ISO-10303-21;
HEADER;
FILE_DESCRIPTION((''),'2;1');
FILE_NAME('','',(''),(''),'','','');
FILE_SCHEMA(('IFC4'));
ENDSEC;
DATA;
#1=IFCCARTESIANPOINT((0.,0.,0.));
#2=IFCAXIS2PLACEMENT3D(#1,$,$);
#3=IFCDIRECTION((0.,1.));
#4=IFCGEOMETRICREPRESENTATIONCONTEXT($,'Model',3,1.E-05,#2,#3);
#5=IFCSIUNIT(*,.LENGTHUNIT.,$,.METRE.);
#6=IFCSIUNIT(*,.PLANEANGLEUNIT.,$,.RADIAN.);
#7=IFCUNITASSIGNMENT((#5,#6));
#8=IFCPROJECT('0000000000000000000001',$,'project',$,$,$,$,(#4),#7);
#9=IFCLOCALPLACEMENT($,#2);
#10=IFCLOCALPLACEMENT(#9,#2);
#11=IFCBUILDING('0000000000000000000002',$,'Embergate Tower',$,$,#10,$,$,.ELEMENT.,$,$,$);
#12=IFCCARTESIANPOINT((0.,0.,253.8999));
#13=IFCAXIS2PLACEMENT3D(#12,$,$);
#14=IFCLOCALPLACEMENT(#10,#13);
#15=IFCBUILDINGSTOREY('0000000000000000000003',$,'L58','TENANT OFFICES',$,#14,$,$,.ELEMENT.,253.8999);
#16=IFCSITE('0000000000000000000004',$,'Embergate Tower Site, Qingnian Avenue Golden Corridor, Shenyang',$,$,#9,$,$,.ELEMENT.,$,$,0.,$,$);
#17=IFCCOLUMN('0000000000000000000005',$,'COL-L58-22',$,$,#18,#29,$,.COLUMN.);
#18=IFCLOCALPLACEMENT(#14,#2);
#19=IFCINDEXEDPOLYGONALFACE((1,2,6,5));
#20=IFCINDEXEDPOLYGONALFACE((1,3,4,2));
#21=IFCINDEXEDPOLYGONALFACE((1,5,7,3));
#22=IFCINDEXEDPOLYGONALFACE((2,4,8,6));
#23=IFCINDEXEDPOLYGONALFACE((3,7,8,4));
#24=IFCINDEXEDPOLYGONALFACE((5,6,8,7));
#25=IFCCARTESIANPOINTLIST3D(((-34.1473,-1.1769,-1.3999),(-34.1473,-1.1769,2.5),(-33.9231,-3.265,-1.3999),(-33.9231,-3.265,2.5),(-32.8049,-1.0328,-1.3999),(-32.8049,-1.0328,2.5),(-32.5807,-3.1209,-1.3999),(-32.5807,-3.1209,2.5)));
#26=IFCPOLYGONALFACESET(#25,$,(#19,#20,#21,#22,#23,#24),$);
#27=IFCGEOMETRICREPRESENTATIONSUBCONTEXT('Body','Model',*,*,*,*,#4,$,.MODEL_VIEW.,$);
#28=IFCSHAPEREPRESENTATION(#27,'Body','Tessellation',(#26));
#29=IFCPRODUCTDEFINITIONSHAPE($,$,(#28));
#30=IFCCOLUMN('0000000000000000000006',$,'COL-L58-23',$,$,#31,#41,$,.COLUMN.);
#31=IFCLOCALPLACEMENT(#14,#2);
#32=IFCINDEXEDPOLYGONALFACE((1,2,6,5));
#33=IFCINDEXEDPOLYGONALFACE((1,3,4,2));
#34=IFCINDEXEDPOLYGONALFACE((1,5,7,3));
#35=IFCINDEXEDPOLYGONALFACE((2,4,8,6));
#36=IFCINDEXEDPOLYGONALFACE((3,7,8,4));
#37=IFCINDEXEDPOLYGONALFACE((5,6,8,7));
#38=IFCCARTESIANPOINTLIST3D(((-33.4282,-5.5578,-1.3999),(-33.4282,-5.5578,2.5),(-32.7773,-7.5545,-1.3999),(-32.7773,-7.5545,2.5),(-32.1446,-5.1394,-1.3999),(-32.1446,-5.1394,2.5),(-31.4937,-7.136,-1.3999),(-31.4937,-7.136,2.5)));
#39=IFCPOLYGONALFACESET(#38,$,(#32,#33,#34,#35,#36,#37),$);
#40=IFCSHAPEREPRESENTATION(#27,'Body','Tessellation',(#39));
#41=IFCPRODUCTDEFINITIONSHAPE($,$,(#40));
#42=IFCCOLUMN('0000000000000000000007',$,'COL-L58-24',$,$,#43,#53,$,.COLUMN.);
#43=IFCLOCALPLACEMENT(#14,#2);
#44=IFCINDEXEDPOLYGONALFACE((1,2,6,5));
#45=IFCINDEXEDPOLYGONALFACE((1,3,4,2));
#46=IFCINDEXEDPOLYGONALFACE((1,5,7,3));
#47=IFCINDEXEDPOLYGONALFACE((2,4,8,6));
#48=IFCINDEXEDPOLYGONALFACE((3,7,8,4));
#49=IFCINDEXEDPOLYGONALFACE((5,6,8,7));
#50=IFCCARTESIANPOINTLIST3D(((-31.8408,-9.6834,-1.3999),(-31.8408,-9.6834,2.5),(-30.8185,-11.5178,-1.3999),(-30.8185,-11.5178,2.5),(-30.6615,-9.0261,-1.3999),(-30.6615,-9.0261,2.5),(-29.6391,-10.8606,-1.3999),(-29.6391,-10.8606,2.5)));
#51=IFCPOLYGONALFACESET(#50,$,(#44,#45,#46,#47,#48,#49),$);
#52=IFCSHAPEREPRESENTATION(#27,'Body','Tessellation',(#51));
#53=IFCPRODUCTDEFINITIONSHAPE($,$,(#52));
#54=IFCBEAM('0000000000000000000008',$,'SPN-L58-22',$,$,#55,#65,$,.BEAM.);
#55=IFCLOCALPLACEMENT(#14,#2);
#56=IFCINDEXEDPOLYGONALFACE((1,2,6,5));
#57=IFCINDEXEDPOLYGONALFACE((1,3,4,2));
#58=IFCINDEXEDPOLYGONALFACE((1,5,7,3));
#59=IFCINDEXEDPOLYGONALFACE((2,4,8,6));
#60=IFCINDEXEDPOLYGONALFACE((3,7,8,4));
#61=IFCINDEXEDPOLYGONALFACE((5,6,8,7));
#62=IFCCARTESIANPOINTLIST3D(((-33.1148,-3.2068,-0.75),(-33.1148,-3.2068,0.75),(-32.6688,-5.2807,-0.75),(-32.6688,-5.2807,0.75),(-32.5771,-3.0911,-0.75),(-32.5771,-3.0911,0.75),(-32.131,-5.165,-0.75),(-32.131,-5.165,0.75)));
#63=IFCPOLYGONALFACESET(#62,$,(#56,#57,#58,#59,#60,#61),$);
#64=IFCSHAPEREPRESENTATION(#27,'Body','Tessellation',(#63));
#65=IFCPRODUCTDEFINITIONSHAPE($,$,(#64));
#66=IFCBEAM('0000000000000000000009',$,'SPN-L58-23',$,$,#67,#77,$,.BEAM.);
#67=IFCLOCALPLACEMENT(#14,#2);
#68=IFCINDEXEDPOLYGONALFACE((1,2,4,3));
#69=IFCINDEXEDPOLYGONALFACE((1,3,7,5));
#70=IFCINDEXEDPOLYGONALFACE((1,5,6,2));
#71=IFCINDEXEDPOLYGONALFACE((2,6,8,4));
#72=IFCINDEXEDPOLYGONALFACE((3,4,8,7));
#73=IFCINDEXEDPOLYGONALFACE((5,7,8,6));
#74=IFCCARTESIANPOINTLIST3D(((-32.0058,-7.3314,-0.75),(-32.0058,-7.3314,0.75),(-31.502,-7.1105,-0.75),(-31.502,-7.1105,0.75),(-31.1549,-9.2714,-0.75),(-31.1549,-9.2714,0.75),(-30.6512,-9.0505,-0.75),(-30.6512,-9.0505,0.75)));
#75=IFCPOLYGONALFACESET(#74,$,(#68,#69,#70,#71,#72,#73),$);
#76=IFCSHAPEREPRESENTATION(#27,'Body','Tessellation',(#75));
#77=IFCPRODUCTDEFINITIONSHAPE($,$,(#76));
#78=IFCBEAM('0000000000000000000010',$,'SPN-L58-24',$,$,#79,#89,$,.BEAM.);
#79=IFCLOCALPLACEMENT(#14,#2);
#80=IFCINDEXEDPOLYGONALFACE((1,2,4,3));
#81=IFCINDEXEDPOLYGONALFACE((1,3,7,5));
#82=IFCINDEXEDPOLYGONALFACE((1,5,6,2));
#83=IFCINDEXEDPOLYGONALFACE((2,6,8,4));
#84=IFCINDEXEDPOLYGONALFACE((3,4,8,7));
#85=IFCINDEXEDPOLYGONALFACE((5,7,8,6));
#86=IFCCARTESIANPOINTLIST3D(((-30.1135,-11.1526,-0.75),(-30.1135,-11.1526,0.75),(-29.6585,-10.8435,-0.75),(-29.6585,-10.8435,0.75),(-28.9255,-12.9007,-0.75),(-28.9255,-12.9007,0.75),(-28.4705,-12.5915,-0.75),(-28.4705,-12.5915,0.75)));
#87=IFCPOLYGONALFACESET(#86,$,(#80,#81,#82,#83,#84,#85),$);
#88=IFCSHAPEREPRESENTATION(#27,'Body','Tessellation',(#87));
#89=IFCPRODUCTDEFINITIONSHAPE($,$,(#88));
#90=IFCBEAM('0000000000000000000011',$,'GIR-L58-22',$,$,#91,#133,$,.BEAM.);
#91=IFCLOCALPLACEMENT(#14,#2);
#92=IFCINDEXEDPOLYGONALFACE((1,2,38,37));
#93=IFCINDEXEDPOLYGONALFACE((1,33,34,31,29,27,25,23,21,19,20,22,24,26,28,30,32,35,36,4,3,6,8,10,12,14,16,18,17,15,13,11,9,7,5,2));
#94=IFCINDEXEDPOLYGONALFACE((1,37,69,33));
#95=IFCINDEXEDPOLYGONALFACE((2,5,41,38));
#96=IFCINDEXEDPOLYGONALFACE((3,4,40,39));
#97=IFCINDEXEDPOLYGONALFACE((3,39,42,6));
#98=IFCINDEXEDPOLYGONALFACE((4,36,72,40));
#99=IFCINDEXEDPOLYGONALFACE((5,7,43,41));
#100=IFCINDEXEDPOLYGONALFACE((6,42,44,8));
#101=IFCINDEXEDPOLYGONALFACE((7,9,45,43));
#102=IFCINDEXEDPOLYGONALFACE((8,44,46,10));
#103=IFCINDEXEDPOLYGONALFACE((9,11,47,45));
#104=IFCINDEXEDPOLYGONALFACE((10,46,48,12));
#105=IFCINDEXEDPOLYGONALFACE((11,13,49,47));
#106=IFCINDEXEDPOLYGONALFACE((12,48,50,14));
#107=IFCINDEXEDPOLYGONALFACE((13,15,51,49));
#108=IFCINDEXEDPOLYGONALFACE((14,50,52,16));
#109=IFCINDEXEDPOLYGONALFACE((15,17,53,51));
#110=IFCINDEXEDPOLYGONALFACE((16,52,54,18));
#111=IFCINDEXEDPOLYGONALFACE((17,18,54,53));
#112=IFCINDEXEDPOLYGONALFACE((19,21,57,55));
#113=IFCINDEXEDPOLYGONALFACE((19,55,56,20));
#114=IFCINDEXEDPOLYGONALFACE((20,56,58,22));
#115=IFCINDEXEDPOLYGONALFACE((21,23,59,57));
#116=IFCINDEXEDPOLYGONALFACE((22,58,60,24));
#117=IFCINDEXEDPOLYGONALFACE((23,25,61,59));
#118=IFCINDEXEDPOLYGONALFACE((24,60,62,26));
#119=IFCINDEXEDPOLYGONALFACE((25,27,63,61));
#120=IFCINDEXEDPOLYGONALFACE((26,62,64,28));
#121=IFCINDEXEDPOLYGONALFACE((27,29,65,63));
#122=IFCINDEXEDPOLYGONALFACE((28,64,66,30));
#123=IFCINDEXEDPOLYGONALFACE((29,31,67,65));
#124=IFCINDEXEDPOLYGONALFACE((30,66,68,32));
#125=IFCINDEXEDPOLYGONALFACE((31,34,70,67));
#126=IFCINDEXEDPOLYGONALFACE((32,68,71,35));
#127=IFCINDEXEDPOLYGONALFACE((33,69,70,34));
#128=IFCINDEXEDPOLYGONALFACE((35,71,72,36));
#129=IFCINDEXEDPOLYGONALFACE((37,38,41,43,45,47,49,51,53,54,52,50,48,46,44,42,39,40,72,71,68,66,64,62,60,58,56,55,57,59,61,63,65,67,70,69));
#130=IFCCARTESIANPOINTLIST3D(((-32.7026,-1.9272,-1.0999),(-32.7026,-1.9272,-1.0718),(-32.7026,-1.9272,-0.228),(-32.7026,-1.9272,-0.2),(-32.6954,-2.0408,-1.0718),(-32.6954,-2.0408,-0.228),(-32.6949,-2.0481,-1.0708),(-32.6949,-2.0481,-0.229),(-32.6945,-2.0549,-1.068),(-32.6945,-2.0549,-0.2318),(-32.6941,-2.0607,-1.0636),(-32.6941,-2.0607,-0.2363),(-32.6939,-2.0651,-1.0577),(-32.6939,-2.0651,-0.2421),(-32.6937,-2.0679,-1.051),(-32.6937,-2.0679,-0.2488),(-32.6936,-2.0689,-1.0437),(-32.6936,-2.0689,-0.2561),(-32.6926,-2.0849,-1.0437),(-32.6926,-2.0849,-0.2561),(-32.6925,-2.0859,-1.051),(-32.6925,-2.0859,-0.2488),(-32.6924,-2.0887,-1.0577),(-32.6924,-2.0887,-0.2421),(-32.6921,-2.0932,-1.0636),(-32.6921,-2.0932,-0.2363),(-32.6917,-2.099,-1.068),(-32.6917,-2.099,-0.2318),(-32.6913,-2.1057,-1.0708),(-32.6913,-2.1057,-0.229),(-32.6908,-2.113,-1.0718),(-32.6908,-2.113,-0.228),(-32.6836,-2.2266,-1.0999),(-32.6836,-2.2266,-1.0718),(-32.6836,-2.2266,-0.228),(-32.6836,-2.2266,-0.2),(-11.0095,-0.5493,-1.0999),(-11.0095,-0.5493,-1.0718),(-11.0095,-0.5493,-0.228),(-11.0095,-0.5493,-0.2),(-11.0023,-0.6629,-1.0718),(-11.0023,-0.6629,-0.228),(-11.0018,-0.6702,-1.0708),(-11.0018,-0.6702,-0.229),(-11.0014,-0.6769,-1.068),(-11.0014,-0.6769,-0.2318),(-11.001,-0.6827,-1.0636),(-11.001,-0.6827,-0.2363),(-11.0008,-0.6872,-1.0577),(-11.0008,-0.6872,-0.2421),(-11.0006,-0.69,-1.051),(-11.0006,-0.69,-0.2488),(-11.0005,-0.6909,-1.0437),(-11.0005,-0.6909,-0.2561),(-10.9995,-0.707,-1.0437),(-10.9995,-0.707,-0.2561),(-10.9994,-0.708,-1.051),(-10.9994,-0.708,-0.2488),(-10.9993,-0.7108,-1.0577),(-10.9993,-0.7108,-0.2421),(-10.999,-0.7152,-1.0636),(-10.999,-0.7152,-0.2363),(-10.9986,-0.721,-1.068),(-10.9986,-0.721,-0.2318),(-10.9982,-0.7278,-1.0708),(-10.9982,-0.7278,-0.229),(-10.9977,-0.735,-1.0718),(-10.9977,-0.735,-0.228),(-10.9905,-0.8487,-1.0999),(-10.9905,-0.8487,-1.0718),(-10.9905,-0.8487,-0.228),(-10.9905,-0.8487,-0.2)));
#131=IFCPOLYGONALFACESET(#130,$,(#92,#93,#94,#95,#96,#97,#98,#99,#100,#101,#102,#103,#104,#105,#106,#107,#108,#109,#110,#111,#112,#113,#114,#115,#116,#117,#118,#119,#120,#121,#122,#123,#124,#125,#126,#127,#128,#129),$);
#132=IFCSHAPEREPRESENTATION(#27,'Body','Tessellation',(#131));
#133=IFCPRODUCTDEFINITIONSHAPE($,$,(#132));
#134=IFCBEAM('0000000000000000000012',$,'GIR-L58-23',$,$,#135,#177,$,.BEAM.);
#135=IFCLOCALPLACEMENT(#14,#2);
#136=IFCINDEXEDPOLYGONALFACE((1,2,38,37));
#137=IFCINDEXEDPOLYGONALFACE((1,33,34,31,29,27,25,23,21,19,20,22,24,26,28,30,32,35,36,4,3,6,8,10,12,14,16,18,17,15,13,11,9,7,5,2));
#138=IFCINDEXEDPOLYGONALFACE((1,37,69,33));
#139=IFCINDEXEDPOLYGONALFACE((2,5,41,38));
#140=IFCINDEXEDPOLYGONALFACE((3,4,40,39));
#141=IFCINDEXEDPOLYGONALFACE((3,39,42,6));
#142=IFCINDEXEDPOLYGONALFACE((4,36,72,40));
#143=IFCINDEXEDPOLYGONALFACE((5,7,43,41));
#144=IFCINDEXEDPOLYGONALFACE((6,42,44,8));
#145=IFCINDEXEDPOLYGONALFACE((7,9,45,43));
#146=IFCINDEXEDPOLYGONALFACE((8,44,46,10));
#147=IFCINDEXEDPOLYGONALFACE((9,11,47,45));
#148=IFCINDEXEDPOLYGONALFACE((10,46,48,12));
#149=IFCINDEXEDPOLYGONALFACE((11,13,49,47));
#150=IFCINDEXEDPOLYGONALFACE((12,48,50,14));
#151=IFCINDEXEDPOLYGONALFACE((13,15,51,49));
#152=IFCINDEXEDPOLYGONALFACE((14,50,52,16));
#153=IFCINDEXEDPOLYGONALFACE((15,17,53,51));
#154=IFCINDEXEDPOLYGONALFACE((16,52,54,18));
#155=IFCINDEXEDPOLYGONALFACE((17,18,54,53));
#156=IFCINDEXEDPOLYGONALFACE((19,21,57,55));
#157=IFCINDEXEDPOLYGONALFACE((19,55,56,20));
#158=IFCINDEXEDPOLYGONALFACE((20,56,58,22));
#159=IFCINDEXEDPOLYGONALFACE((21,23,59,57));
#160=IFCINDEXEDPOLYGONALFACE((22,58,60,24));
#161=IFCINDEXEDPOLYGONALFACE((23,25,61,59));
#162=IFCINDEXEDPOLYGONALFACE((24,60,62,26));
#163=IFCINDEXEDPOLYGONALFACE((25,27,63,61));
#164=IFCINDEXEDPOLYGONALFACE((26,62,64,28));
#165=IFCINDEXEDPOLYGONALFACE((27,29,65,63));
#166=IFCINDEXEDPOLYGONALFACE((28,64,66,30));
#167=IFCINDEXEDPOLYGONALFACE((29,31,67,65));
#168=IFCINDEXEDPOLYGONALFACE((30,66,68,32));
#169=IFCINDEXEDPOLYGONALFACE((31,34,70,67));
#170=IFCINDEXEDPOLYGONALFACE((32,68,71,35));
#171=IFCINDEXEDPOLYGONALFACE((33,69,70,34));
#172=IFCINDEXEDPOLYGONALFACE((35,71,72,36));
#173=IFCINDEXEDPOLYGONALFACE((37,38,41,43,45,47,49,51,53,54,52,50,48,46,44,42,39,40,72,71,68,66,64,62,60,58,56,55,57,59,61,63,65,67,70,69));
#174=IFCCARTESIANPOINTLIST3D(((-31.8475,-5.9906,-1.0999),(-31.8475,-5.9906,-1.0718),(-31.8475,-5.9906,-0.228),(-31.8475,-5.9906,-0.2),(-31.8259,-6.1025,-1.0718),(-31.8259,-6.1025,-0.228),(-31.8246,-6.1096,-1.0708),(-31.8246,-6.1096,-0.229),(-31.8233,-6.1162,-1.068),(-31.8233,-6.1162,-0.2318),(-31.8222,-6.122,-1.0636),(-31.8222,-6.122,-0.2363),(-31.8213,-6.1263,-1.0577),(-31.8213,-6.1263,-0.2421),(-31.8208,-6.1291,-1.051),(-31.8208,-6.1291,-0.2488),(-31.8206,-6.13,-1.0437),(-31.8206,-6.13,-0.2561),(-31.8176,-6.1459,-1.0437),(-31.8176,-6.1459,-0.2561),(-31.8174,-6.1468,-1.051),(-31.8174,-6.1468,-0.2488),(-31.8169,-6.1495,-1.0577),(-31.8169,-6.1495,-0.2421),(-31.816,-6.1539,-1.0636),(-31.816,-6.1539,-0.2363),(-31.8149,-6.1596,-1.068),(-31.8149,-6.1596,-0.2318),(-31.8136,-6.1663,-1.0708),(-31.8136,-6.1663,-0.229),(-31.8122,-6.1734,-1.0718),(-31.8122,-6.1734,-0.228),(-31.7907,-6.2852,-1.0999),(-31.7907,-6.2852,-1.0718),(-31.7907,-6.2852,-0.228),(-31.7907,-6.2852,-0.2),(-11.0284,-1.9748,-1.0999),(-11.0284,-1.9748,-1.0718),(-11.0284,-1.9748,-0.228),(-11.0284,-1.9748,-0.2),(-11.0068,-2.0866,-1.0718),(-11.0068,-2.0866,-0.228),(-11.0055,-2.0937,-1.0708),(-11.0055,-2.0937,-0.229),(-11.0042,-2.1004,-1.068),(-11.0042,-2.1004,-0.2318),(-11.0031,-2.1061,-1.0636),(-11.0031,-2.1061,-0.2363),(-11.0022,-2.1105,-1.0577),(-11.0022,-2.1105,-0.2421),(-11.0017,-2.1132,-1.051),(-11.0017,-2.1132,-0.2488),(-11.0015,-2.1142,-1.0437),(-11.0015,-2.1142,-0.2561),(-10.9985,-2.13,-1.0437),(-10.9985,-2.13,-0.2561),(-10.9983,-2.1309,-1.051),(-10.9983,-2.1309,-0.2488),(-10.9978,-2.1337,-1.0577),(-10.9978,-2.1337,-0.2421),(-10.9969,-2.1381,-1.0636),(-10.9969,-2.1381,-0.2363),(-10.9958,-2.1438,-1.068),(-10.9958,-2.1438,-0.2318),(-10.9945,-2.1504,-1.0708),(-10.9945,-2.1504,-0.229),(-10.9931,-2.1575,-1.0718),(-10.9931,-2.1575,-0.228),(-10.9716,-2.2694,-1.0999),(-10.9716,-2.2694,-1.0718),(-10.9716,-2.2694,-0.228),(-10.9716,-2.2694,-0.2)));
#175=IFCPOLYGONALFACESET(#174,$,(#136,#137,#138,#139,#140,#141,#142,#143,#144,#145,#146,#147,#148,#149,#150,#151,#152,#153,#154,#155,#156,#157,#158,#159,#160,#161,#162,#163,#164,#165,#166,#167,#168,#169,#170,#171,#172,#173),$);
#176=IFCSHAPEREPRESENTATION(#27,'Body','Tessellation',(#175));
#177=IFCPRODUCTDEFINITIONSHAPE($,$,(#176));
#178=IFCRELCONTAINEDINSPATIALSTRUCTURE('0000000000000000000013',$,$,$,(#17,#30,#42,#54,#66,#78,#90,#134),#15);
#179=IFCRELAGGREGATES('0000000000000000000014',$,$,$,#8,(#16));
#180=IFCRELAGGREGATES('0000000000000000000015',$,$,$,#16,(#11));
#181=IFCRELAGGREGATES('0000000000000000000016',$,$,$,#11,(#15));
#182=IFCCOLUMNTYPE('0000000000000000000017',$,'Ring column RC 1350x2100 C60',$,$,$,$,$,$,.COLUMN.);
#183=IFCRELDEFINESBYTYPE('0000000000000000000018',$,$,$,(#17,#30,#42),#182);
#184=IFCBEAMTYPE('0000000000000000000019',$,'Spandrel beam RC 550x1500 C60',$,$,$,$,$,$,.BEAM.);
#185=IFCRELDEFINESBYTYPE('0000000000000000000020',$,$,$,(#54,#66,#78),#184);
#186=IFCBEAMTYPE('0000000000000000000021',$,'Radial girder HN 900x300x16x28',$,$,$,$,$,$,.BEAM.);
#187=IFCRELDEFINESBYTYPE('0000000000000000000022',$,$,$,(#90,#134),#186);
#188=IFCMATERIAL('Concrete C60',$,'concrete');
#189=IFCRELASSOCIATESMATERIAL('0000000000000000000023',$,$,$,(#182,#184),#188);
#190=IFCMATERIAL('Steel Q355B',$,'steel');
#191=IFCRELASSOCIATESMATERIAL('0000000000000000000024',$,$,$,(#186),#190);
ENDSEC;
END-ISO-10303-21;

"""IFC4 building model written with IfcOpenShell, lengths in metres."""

from ifc_helpers import new_model, si_unit, direction, frame, origin, origin_2d, place, context, subcontext, project, spatial, rectangle, i_section, extrude, source, transform, mapped, material, material_profile, profile_set, type_object, element, save


model = new_model("IFC4")

# Units and contexts
model_context = context("Model", 3, precision=1e-05, world=origin(), true_north=direction((0.0, 1.0)))
body_context = subcontext(model_context, "Body", "Model", "MODEL_VIEW")
ifc_project = project(units=[si_unit("LENGTHUNIT", "METRE"), si_unit("PLANEANGLEUNIT", "RADIAN")], contexts=[model_context])

# Site, building, storey
site_placement = place(None, origin())
site = spatial("IfcSite", under=ifc_project, at=site_placement, Name="Embergate Tower Site, Qingnian Avenue Golden Corridor, Shenyang", CompositionType="ELEMENT", RefElevation=0.0)
building_placement = place(site_placement, origin())
building = spatial("IfcBuilding", under=site, at=building_placement, Name="Embergate Tower", CompositionType="ELEMENT")
storey_placement = place(building_placement, frame((0.0, 0.0, 253.8999)))
storey = spatial("IfcBuildingStorey", under=building, at=storey_placement, Name="L58", Description="TENANT OFFICES", CompositionType="ELEMENT", Elevation=253.8999)

# Columns
ifc_material_1 = material(Name="Concrete C60", Category="concrete")
ifc_material_profile_1 = material_profile(ifc_material_1, rectangle(XDim=1.3501, YDim=2.1001, at=origin_2d()), Name="RC 1350x2100")
ifc_profile_set_1 = profile_set([ifc_material_profile_1], Name="Concrete C60")
column_type = type_object("IfcColumnType", Name="Ring column RC 1350x2100 C60", PredefinedType="COLUMN", material=ifc_profile_set_1)
shared_shape_1 = source(origin(), body_context, "Body", "SweptSolid", [
    extrude(rectangle(XDim=1.3501, YDim=2.1001, at=origin_2d()), origin(), (0.0, 0.0, 1.0), 3.8999),
])
for number, where, z_axis, x_axis, name in (
    (1, (-33.364, -2.1489, -1.3999), (0.0, 0.0, 1.0), (-0.994286, -0.10675, 0.0), "COL-L58-22"),
    (2, (-32.4609, -6.3469, -1.3999), (0.0, 0.0, 1.0), (-0.950754, -0.309946, 0.0), "COL-L58-23"),
    (3, (-30.74, -10.272, -1.3999), (0.0, 0.0, 1.0), (-0.8735, -0.486823, 0.0), "COL-L58-24"),
):
    element("IfcColumn", number, at=place(storey_placement, frame(where, z_axis=z_axis, x_axis=x_axis)), inside=storey, type_object=column_type, Name=name, PredefinedType="COLUMN", context=body_context, shape_type="MappedRepresentation", body=[
        mapped(shared_shape_1, transform((0.0, 0.0, 0.0))),
    ])

# Beams
ifc_material_profile_2 = material_profile(ifc_material_1, rectangle(XDim=0.55, YDim=1.5, at=origin_2d()), Name="RC 550x1500")
ifc_profile_set_2 = profile_set([ifc_material_profile_2], Name="Concrete C60")
beam_type_1 = type_object("IfcBeamType", Name="Spandrel beam RC 550x1500 C60", PredefinedType="BEAM", material=ifc_profile_set_2)
shared_shape_2 = source(origin(), body_context, "Body", "SweptSolid", [
    extrude(rectangle(XDim=0.55, YDim=1.5, at=origin_2d()), origin(), (0.0, 0.0, 1.0), 2.1213),
])
beam_1_placement = place(storey_placement, frame((-32.8459, -3.1489, 0.0), z_axis=(0.21026, -0.977646, 0.0), x_axis=(0.977646, 0.21026, 0.0)))
element("IfcBeam", 4, at=beam_1_placement, inside=storey, type_object=beam_type_1, Name="SPN-L58-22", PredefinedType="BEAM", context=body_context, shape_type="MappedRepresentation", body=[
    mapped(shared_shape_2, transform((0.0, 0.0, 0.0))),
])
shared_shape_3 = source(origin(), body_context, "Body", "SweptSolid", [
    extrude(rectangle(XDim=0.55, YDim=1.5, at=origin_2d()), origin(), (0.0, 0.0, 1.0), 2.1184),
])
beam_2_placement = place(storey_placement, frame((-31.7539, -7.2209, 0.0), z_axis=(0.401653, -0.915792, 0.0), x_axis=(0.915792, 0.401653, 0.0)))
element("IfcBeam", 5, at=beam_2_placement, inside=storey, type_object=beam_type_1, Name="SPN-L58-23", PredefinedType="BEAM", context=body_context, shape_type="MappedRepresentation", body=[
    mapped(shared_shape_3, transform((0.0, 0.0, 0.0))),
])
shared_shape_4 = source(origin(), body_context, "Body", "SweptSolid", [
    extrude(rectangle(XDim=0.55, YDim=1.5, at=origin_2d()), origin(), (0.0, 0.0, 1.0), 2.1135),
])
beam_3_placement = place(storey_placement, frame((-29.886, -10.998, 0.0), z_axis=(0.562089, -0.827077, 0.0), x_axis=(0.827077, 0.562089, 0.0)))
element("IfcBeam", 6, at=beam_3_placement, inside=storey, type_object=beam_type_1, Name="SPN-L58-24", PredefinedType="BEAM", context=body_context, shape_type="MappedRepresentation", body=[
    mapped(shared_shape_4, transform((0.0, 0.0, 0.0))),
])
ifc_material_2 = material(Name="Steel Q355B", Category="steel")
ifc_material_profile_3 = material_profile(ifc_material_2, i_section(OverallWidth=0.3, OverallDepth=0.8999, WebThickness=0.0161, FlangeThickness=0.0281, FilletRadius=0.0281, at=origin_2d()), Name="HN 900x300x16x28")
ifc_profile_set_3 = profile_set([ifc_material_profile_3], Name="Steel Q355 grade B")
beam_type_2 = type_object("IfcBeamType", Name="Radial girder HN 900x300x16x28", PredefinedType="BEAM", material=ifc_profile_set_3)
shared_shape_5 = source(origin(), body_context, "Body", "SweptSolid", [
    extrude(i_section(OverallWidth=0.3, OverallDepth=0.8999, WebThickness=0.0161, FlangeThickness=0.0281, FilletRadius=0.0281, at=origin_2d()), origin(), (0.0, 0.0, 1.0), 21.7368),
])
beam_4_placement = place(storey_placement, frame((-32.6931, -2.0769, -0.6499), z_axis=(0.997989, 0.063391, 0.0), x_axis=(-0.063391, 0.997989, 0.0)))
element("IfcBeam", 7, at=beam_4_placement, inside=storey, type_object=beam_type_2, Name="GIR-L58-22", PredefinedType="BEAM", context=body_context, shape_type="MappedRepresentation", body=[
    mapped(shared_shape_5, transform((0.0, 0.0, 0.0))),
])
shared_shape_6 = source(origin(), body_context, "Body", "SweptSolid", [
    extrude(i_section(OverallWidth=0.3, OverallDepth=0.8999, WebThickness=0.0161, FlangeThickness=0.0281, FilletRadius=0.0281, at=origin_2d()), origin(), (0.0, 0.0, 1.0), 21.2029),
])
beam_5_placement = place(storey_placement, frame((-31.8191, -6.1379, -0.6499), z_axis=(0.9819, 0.189402, 0.0), x_axis=(-0.189402, 0.9819, 0.0)))
element("IfcBeam", 8, at=beam_5_placement, inside=storey, type_object=beam_type_2, Name="GIR-L58-23", PredefinedType="BEAM", context=body_context, shape_type="MappedRepresentation", body=[
    mapped(shared_shape_6, transform((0.0, 0.0, 0.0))),
])

save(model, "model.ifc")
